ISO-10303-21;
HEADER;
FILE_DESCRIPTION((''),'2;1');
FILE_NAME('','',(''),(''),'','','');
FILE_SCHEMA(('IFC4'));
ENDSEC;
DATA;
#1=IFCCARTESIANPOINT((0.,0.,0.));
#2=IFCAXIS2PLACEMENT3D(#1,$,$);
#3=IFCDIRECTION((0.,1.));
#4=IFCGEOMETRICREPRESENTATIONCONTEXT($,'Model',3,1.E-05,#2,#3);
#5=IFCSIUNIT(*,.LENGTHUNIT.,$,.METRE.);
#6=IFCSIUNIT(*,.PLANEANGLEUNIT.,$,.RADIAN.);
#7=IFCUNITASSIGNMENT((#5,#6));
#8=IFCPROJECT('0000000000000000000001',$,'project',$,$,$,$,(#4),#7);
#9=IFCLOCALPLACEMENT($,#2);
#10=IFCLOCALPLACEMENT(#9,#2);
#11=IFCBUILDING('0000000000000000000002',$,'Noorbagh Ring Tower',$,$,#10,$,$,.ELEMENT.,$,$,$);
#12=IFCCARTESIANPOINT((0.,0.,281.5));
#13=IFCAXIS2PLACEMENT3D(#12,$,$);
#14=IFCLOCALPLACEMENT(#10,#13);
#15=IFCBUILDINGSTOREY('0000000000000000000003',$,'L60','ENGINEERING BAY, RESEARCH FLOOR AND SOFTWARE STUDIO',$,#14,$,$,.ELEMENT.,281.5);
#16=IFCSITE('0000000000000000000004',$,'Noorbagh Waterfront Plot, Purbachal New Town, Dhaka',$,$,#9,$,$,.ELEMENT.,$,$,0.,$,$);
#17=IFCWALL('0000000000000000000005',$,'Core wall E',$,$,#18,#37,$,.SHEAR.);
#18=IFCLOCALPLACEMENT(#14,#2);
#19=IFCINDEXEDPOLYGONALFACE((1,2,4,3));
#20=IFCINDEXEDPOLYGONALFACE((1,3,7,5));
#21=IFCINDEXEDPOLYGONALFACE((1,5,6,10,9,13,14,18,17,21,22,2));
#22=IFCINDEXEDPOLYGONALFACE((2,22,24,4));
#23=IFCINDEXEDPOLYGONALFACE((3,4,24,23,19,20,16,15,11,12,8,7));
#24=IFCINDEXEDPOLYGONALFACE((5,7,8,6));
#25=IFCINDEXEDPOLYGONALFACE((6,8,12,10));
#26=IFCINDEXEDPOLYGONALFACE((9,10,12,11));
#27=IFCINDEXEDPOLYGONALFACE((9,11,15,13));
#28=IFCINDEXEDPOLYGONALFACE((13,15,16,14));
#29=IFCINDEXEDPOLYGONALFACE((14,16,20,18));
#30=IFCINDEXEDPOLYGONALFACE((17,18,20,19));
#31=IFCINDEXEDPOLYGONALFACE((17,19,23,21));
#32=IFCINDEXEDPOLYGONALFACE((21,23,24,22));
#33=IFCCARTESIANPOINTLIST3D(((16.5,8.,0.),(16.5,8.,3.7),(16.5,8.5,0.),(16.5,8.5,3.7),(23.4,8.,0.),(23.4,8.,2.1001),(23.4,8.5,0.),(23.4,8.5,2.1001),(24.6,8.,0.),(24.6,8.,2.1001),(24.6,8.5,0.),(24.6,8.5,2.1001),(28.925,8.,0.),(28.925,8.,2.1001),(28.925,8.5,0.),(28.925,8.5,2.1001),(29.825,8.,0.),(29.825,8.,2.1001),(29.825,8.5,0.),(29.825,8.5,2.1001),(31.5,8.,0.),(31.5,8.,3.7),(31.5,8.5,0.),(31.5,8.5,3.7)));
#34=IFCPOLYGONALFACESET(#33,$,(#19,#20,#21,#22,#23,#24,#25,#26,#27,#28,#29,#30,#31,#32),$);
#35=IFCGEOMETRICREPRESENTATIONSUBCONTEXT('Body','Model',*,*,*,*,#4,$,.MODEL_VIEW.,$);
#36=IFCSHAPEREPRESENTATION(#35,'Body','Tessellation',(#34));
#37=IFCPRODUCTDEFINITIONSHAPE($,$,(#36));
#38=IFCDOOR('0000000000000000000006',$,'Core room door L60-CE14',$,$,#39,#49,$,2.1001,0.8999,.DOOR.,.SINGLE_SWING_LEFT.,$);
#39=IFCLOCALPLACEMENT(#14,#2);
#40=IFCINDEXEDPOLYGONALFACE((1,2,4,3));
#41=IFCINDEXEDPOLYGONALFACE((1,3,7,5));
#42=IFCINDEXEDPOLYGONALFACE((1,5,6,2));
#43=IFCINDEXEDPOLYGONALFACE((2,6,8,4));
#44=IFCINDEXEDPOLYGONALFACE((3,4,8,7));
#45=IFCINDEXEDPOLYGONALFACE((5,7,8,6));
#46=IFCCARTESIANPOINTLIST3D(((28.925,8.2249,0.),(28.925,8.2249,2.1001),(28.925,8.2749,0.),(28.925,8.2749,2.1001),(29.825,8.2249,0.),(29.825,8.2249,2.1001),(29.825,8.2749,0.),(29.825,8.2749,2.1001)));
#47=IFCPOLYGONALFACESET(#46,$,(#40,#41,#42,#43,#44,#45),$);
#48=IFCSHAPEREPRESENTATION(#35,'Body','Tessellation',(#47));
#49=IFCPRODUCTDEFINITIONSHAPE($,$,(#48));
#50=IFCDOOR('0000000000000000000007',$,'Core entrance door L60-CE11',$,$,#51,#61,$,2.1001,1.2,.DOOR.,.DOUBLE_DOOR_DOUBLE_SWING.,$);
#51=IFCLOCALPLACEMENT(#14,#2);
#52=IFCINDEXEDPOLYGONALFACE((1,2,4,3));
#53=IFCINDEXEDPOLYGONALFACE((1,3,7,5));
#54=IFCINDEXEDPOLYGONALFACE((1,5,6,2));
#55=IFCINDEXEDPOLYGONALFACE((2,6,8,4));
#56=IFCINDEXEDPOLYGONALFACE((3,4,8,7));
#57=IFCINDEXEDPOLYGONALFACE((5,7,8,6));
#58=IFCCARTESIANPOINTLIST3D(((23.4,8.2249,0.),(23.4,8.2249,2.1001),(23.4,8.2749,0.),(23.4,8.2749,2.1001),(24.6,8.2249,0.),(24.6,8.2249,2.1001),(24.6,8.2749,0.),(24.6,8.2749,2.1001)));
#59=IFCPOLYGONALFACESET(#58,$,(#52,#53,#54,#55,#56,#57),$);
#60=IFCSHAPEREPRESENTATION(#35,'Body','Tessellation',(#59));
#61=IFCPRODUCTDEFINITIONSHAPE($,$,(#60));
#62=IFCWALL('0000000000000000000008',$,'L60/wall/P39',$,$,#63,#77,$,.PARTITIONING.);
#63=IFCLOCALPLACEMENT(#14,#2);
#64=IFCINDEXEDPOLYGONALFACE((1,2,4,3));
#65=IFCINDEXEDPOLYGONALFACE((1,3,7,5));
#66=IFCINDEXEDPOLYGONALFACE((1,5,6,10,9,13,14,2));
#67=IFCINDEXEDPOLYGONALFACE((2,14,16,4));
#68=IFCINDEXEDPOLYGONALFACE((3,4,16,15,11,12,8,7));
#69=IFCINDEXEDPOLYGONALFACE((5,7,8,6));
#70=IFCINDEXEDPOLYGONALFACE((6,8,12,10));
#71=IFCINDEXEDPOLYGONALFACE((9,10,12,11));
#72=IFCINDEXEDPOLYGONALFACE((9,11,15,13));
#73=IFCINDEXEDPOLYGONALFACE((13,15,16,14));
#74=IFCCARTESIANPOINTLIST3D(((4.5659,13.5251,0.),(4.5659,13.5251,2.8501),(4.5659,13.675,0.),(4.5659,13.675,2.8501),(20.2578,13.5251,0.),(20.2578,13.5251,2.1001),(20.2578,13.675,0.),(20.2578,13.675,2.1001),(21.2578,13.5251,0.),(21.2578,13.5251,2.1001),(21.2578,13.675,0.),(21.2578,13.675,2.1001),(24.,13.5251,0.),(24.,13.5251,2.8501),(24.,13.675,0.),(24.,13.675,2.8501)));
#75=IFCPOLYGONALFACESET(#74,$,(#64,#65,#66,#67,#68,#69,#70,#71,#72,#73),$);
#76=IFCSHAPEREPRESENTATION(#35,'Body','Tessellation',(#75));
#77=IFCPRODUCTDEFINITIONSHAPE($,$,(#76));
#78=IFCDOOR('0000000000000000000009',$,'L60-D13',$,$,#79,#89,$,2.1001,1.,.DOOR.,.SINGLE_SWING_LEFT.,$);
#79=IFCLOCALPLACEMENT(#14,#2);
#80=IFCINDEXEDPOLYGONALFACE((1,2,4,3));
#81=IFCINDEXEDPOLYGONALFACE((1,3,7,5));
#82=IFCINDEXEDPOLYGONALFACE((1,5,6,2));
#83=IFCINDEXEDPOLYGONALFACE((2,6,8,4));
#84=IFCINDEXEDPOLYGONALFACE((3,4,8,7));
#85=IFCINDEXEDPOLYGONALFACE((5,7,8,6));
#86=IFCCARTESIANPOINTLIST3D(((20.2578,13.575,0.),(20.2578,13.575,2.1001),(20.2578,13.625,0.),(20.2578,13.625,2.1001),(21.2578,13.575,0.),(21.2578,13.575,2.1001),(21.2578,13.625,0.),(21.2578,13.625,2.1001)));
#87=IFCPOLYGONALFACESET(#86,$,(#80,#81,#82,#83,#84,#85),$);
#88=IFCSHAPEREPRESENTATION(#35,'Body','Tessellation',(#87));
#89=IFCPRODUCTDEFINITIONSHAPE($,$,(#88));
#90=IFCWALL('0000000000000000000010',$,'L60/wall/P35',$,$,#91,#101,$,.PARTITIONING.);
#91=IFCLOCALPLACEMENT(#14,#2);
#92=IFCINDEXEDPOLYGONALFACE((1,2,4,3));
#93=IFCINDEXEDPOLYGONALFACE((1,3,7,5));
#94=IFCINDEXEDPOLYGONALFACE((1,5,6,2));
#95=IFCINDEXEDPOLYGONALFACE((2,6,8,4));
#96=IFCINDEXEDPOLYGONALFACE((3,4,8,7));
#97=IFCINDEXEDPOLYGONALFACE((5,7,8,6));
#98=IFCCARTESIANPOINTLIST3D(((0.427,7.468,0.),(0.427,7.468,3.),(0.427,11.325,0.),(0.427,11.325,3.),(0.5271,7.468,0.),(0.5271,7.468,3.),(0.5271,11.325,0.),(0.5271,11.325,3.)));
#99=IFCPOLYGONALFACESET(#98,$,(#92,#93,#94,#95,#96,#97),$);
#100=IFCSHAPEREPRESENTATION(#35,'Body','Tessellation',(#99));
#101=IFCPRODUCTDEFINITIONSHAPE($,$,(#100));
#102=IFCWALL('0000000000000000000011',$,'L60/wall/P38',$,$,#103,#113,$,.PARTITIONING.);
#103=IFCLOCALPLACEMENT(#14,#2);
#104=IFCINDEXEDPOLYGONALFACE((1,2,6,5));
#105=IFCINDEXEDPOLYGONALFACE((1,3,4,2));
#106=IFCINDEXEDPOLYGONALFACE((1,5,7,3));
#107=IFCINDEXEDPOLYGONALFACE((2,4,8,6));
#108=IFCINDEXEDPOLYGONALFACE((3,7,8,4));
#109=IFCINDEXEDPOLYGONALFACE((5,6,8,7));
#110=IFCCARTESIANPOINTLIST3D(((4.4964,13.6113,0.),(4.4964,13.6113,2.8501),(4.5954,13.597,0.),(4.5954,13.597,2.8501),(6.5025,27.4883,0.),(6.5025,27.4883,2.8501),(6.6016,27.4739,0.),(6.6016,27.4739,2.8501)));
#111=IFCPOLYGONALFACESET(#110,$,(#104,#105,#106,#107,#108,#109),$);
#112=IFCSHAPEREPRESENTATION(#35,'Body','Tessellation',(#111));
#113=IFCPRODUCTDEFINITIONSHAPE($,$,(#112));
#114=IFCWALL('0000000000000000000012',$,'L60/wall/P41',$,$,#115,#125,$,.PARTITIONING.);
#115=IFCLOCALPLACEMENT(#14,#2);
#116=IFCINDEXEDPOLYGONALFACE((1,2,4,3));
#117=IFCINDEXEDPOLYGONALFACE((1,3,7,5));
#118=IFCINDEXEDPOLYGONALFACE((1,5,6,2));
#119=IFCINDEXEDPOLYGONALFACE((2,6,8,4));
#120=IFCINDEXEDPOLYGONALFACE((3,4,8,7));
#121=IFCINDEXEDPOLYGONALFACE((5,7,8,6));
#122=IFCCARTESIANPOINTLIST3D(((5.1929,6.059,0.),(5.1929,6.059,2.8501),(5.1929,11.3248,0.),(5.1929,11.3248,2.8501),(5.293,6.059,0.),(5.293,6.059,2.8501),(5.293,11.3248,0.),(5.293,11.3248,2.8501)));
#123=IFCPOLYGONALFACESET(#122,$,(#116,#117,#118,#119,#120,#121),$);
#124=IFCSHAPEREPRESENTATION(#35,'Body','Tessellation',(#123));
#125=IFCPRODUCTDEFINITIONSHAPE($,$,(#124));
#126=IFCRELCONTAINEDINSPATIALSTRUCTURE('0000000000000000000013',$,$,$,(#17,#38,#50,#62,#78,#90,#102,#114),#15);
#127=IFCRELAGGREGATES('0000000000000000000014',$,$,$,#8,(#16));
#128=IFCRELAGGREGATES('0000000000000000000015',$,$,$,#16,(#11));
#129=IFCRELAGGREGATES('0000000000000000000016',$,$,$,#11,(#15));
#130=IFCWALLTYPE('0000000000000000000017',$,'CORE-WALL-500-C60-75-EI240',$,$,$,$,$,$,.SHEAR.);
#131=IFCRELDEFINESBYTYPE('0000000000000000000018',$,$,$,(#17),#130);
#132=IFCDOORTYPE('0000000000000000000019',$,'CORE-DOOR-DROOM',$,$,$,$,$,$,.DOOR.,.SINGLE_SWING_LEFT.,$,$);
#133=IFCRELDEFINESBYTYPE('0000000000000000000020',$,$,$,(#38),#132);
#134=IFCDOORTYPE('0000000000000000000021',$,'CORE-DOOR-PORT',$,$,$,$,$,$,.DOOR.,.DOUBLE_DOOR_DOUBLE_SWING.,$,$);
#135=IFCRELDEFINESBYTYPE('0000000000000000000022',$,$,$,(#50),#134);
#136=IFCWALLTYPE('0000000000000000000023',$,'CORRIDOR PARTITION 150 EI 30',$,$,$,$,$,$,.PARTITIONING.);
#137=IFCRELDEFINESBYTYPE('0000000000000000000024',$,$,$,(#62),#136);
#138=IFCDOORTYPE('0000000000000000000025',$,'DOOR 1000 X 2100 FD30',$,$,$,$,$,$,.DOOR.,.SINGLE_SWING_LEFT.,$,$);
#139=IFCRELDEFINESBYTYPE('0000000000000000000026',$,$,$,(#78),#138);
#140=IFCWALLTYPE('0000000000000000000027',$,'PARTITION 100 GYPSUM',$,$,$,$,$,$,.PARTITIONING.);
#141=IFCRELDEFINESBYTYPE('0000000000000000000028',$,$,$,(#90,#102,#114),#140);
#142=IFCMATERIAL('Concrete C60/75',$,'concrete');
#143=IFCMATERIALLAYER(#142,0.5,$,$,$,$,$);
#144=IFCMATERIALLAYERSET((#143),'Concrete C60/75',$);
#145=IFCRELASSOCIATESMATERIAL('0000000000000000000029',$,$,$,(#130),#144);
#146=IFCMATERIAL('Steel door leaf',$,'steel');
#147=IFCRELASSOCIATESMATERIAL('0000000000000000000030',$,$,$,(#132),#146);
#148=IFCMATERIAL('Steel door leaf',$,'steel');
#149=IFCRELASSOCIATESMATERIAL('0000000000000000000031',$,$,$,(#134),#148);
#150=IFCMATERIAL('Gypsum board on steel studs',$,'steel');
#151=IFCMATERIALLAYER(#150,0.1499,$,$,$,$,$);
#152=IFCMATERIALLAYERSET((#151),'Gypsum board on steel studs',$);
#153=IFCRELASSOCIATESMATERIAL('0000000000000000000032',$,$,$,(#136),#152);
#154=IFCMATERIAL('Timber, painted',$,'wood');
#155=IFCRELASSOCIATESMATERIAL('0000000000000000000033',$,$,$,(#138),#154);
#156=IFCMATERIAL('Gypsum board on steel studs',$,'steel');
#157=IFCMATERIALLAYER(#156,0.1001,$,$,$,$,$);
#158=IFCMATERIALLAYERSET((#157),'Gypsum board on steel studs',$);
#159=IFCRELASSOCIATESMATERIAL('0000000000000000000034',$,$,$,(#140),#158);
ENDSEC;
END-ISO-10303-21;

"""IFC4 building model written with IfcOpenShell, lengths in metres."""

from ifc_helpers import new_model, si_unit, direction, frame, frame_2d, origin, place, context, subcontext, project, spatial, rectangle, extrude, material, layer, layer_set, type_object, element, fill, save


model = new_model("IFC4")

# Units and contexts
model_context = context("Model", 3, precision=1e-05, world=origin(), true_north=direction((0.0, 1.0)))
body_context = subcontext(model_context, "Body", "Model", "MODEL_VIEW")
ifc_project = project(units=[si_unit("LENGTHUNIT", "METRE"), si_unit("PLANEANGLEUNIT", "RADIAN")], contexts=[model_context])

# Site, building, storey
site_placement = place(None, origin())
site = spatial("IfcSite", under=ifc_project, at=site_placement, Name="Noorbagh Waterfront Plot, Purbachal New Town, Dhaka", CompositionType="ELEMENT", RefElevation=0.0)
building_placement = place(site_placement, origin())
building = spatial("IfcBuilding", under=site, at=building_placement, Name="Noorbagh Ring Tower", CompositionType="ELEMENT")
storey_placement = place(building_placement, frame((0.0, 0.0, 281.5)))
storey = spatial("IfcBuildingStorey", under=building, at=storey_placement, Name="L60", Description="ENGINEERING BAY, RESEARCH FLOOR AND SOFTWARE STUDIO", CompositionType="ELEMENT", Elevation=281.5)

# Wall, openings, doors
ifc_material_1 = material(Name="Concrete C60/75", Category="concrete")
ifc_layer_1 = layer(ifc_material_1, 0.5)
ifc_layer_set_1 = layer_set([ifc_layer_1], Name="Concrete C60/75")
wall_type_1 = type_object("IfcWallType", Name="CORE-WALL-500-C60-75-EI240", PredefinedType="SHEAR", material=ifc_layer_set_1)
wall_1_placement = place(storey_placement, frame((16.5, 8.25, 0.0), z_axis=(0.0, 0.0, 1.0), x_axis=(1.0, 0.0, 0.0)))
wall_1 = element("IfcWall", 1, at=wall_1_placement, inside=storey, type_object=wall_type_1, Name="Core wall E", PredefinedType="SHEAR", context=body_context, shape_type="SweptSolid", body=[
    extrude(rectangle(XDim=15.0, YDim=0.5, at=frame_2d((7.5, 0.0))), origin(), (0.0, 0.0, 1.0), 3.7),
])
opening_1_placement = place(wall_1_placement, frame((6.8999, 0.0, 0.0)))
opening_1 = element("IfcOpeningElement", 2, at=opening_1_placement, cuts=wall_1, PredefinedType="OPENING", context=body_context, shape_type="SweptSolid", body=[
    extrude(rectangle(XDim=1.2, YDim=2.1001, at=frame_2d((0.6001, 1.05))), frame((0.0, 0.26, 0.0), z_axis=(0.0, -1.0, 0.0), x_axis=(1.0, 0.0, 0.0)), (0.0, 0.0, 1.0), 0.52),
])
opening_2_placement = place(wall_1_placement, frame((12.425, 0.0, 0.0)))
opening_2 = element("IfcOpeningElement", 3, at=opening_2_placement, cuts=wall_1, PredefinedType="OPENING", context=body_context, shape_type="SweptSolid", body=[
    extrude(rectangle(XDim=0.8999, YDim=2.1001, at=frame_2d((0.45, 1.05))), frame((0.0, 0.26, 0.0), z_axis=(0.0, -1.0, 0.0), x_axis=(1.0, 0.0, 0.0)), (0.0, 0.0, 1.0), 0.52),
])
ifc_material_2 = material(Name="Steel door leaf", Category="steel")
door_type_1 = type_object("IfcDoorType", Name="CORE-DOOR-DROOM", OperationType="SINGLE_SWING_LEFT", PredefinedType="DOOR", material=ifc_material_2)
door_1_placement = place(opening_2_placement, origin())
door_1 = element("IfcDoor", 4, at=door_1_placement, inside=storey, type_object=door_type_1, Name="Core room door L60-CE14", OperationType="SINGLE_SWING_LEFT", OverallHeight=2.1001, OverallWidth=0.8999, PredefinedType="DOOR", context=body_context, shape_type="SweptSolid", body=[
    extrude(rectangle(XDim=0.8999, YDim=2.1001, at=frame_2d((0.45, 1.05))), frame((0.0, 0.0249, 0.0), z_axis=(0.0, -1.0, 0.0), x_axis=(1.0, 0.0, 0.0)), (0.0, 0.0, 1.0), 0.05),
])
fill(opening_2, door_1)
ifc_material_3 = material(Name="Steel door leaf", Category="steel")
door_type_2 = type_object("IfcDoorType", Name="CORE-DOOR-PORT", OperationType="DOUBLE_DOOR_DOUBLE_SWING", PredefinedType="DOOR", material=ifc_material_3)
door_2_placement = place(opening_1_placement, origin())
door_2 = element("IfcDoor", 5, at=door_2_placement, inside=storey, type_object=door_type_2, Name="Core entrance door L60-CE11", OperationType="DOUBLE_DOOR_DOUBLE_SWING", OverallHeight=2.1001, OverallWidth=1.2, PredefinedType="DOOR", context=body_context, shape_type="SweptSolid", body=[
    extrude(rectangle(XDim=1.2, YDim=2.1001, at=frame_2d((0.6001, 1.05))), frame((0.0, 0.0249, 0.0), z_axis=(0.0, -1.0, 0.0), x_axis=(1.0, 0.0, 0.0)), (0.0, 0.0, 1.0), 0.05),
])
fill(opening_1, door_2)

# Wall, opening, door
ifc_material_4 = material(Name="Gypsum board on steel studs", Category="steel")
ifc_layer_2 = layer(ifc_material_4, 0.1499)
ifc_layer_set_2 = layer_set([ifc_layer_2], Name="Gypsum board on steel studs")
wall_type_2 = type_object("IfcWallType", Name="CORRIDOR PARTITION 150 EI 30", PredefinedType="PARTITIONING", material=ifc_layer_set_2)
wall_2_placement = place(storey_placement, frame((4.5659, 13.6001, 0.0), z_axis=(0.0, 0.0, 1.0), x_axis=(1.0, 0.0, 0.0)))
wall_2 = element("IfcWall", 6, at=wall_2_placement, inside=storey, type_object=wall_type_2, Name="L60/wall/P39", PredefinedType="PARTITIONING", context=body_context, shape_type="SweptSolid", body=[
    extrude(rectangle(XDim=19.4341, YDim=0.1499, at=frame_2d((9.717, 0.0))), origin(), (0.0, 0.0, 1.0), 2.8501),
])
opening_3_placement = place(wall_2_placement, frame((15.6919, 0.0, 0.0)))
opening_3 = element("IfcOpeningElement", 7, at=opening_3_placement, cuts=wall_2, PredefinedType="OPENING", context=body_context, shape_type="SweptSolid", body=[
    extrude(rectangle(XDim=1.0, YDim=2.1001, at=frame_2d((0.5, 1.05))), frame((0.0, 0.085, 0.0), z_axis=(0.0, -1.0, 0.0), x_axis=(1.0, 0.0, 0.0)), (0.0, 0.0, 1.0), 0.1699),
])
ifc_material_5 = material(Name="Timber, painted", Category="wood")
door_type_3 = type_object("IfcDoorType", Name="DOOR 1000 X 2100 FD30", OperationType="SINGLE_SWING_LEFT", PredefinedType="DOOR", material=ifc_material_5)
door_3_placement = place(opening_3_placement, origin())
door_3 = element("IfcDoor", 8, at=door_3_placement, inside=storey, type_object=door_type_3, Name="L60-D13", OperationType="SINGLE_SWING_LEFT", OverallHeight=2.1001, OverallWidth=1.0, PredefinedType="DOOR", context=body_context, shape_type="SweptSolid", body=[
    extrude(rectangle(XDim=1.0, YDim=2.1001, at=frame_2d((0.5, 1.05))), frame((0.0, 0.0249, 0.0), z_axis=(0.0, -1.0, 0.0), x_axis=(1.0, 0.0, 0.0)), (0.0, 0.0, 1.0), 0.05),
])
fill(opening_3, door_3)

# Walls
ifc_material_6 = material(Name="Gypsum board on steel studs", Category="steel")
ifc_layer_3 = layer(ifc_material_6, 0.1001)
ifc_layer_set_3 = layer_set([ifc_layer_3], Name="Gypsum board on steel studs")
wall_type_3 = type_object("IfcWallType", Name="PARTITION 100 GYPSUM", PredefinedType="PARTITIONING", material=ifc_layer_set_3)
wall_3_placement = place(storey_placement, frame((0.4771, 7.468, 0.0), z_axis=(0.0, 0.0, 1.0), x_axis=(0.0, 1.0, 0.0)))
element("IfcWall", 9, at=wall_3_placement, inside=storey, type_object=wall_type_3, Name="L60/wall/P35", PredefinedType="PARTITIONING", context=body_context, shape_type="SweptSolid", body=[
    extrude(rectangle(XDim=3.8569, YDim=0.1001, at=frame_2d((1.9285, 0.0))), origin(), (0.0, 0.0, 1.0), 3.0),
])
wall_4_placement = place(storey_placement, frame((4.5459, 13.604, 0.0), z_axis=(0.0, 0.0, 1.0), x_axis=(0.143076, 0.989712, 0.0)))
element("IfcWall", 10, at=wall_4_placement, inside=storey, type_object=wall_type_3, Name="L60/wall/P38", PredefinedType="PARTITIONING", context=body_context, shape_type="SweptSolid", body=[
    extrude(rectangle(XDim=14.0212, YDim=0.1001, at=frame_2d((7.0107, 0.0))), origin(), (0.0, 0.0, 1.0), 2.8501),
])
wall_5_placement = place(storey_placement, frame((5.2429, 6.0591, 0.0), z_axis=(0.0, 0.0, 1.0), x_axis=(0.0, 1.0, 0.0)))
element("IfcWall", 11, at=wall_5_placement, inside=storey, type_object=wall_type_3, Name="L60/wall/P41", PredefinedType="PARTITIONING", context=body_context, shape_type="SweptSolid", body=[
    extrude(rectangle(XDim=5.2659, YDim=0.1001, at=frame_2d((2.6328, 0.0))), origin(), (0.0, 0.0, 1.0), 2.8501),
])

save(model, "model.ifc")
